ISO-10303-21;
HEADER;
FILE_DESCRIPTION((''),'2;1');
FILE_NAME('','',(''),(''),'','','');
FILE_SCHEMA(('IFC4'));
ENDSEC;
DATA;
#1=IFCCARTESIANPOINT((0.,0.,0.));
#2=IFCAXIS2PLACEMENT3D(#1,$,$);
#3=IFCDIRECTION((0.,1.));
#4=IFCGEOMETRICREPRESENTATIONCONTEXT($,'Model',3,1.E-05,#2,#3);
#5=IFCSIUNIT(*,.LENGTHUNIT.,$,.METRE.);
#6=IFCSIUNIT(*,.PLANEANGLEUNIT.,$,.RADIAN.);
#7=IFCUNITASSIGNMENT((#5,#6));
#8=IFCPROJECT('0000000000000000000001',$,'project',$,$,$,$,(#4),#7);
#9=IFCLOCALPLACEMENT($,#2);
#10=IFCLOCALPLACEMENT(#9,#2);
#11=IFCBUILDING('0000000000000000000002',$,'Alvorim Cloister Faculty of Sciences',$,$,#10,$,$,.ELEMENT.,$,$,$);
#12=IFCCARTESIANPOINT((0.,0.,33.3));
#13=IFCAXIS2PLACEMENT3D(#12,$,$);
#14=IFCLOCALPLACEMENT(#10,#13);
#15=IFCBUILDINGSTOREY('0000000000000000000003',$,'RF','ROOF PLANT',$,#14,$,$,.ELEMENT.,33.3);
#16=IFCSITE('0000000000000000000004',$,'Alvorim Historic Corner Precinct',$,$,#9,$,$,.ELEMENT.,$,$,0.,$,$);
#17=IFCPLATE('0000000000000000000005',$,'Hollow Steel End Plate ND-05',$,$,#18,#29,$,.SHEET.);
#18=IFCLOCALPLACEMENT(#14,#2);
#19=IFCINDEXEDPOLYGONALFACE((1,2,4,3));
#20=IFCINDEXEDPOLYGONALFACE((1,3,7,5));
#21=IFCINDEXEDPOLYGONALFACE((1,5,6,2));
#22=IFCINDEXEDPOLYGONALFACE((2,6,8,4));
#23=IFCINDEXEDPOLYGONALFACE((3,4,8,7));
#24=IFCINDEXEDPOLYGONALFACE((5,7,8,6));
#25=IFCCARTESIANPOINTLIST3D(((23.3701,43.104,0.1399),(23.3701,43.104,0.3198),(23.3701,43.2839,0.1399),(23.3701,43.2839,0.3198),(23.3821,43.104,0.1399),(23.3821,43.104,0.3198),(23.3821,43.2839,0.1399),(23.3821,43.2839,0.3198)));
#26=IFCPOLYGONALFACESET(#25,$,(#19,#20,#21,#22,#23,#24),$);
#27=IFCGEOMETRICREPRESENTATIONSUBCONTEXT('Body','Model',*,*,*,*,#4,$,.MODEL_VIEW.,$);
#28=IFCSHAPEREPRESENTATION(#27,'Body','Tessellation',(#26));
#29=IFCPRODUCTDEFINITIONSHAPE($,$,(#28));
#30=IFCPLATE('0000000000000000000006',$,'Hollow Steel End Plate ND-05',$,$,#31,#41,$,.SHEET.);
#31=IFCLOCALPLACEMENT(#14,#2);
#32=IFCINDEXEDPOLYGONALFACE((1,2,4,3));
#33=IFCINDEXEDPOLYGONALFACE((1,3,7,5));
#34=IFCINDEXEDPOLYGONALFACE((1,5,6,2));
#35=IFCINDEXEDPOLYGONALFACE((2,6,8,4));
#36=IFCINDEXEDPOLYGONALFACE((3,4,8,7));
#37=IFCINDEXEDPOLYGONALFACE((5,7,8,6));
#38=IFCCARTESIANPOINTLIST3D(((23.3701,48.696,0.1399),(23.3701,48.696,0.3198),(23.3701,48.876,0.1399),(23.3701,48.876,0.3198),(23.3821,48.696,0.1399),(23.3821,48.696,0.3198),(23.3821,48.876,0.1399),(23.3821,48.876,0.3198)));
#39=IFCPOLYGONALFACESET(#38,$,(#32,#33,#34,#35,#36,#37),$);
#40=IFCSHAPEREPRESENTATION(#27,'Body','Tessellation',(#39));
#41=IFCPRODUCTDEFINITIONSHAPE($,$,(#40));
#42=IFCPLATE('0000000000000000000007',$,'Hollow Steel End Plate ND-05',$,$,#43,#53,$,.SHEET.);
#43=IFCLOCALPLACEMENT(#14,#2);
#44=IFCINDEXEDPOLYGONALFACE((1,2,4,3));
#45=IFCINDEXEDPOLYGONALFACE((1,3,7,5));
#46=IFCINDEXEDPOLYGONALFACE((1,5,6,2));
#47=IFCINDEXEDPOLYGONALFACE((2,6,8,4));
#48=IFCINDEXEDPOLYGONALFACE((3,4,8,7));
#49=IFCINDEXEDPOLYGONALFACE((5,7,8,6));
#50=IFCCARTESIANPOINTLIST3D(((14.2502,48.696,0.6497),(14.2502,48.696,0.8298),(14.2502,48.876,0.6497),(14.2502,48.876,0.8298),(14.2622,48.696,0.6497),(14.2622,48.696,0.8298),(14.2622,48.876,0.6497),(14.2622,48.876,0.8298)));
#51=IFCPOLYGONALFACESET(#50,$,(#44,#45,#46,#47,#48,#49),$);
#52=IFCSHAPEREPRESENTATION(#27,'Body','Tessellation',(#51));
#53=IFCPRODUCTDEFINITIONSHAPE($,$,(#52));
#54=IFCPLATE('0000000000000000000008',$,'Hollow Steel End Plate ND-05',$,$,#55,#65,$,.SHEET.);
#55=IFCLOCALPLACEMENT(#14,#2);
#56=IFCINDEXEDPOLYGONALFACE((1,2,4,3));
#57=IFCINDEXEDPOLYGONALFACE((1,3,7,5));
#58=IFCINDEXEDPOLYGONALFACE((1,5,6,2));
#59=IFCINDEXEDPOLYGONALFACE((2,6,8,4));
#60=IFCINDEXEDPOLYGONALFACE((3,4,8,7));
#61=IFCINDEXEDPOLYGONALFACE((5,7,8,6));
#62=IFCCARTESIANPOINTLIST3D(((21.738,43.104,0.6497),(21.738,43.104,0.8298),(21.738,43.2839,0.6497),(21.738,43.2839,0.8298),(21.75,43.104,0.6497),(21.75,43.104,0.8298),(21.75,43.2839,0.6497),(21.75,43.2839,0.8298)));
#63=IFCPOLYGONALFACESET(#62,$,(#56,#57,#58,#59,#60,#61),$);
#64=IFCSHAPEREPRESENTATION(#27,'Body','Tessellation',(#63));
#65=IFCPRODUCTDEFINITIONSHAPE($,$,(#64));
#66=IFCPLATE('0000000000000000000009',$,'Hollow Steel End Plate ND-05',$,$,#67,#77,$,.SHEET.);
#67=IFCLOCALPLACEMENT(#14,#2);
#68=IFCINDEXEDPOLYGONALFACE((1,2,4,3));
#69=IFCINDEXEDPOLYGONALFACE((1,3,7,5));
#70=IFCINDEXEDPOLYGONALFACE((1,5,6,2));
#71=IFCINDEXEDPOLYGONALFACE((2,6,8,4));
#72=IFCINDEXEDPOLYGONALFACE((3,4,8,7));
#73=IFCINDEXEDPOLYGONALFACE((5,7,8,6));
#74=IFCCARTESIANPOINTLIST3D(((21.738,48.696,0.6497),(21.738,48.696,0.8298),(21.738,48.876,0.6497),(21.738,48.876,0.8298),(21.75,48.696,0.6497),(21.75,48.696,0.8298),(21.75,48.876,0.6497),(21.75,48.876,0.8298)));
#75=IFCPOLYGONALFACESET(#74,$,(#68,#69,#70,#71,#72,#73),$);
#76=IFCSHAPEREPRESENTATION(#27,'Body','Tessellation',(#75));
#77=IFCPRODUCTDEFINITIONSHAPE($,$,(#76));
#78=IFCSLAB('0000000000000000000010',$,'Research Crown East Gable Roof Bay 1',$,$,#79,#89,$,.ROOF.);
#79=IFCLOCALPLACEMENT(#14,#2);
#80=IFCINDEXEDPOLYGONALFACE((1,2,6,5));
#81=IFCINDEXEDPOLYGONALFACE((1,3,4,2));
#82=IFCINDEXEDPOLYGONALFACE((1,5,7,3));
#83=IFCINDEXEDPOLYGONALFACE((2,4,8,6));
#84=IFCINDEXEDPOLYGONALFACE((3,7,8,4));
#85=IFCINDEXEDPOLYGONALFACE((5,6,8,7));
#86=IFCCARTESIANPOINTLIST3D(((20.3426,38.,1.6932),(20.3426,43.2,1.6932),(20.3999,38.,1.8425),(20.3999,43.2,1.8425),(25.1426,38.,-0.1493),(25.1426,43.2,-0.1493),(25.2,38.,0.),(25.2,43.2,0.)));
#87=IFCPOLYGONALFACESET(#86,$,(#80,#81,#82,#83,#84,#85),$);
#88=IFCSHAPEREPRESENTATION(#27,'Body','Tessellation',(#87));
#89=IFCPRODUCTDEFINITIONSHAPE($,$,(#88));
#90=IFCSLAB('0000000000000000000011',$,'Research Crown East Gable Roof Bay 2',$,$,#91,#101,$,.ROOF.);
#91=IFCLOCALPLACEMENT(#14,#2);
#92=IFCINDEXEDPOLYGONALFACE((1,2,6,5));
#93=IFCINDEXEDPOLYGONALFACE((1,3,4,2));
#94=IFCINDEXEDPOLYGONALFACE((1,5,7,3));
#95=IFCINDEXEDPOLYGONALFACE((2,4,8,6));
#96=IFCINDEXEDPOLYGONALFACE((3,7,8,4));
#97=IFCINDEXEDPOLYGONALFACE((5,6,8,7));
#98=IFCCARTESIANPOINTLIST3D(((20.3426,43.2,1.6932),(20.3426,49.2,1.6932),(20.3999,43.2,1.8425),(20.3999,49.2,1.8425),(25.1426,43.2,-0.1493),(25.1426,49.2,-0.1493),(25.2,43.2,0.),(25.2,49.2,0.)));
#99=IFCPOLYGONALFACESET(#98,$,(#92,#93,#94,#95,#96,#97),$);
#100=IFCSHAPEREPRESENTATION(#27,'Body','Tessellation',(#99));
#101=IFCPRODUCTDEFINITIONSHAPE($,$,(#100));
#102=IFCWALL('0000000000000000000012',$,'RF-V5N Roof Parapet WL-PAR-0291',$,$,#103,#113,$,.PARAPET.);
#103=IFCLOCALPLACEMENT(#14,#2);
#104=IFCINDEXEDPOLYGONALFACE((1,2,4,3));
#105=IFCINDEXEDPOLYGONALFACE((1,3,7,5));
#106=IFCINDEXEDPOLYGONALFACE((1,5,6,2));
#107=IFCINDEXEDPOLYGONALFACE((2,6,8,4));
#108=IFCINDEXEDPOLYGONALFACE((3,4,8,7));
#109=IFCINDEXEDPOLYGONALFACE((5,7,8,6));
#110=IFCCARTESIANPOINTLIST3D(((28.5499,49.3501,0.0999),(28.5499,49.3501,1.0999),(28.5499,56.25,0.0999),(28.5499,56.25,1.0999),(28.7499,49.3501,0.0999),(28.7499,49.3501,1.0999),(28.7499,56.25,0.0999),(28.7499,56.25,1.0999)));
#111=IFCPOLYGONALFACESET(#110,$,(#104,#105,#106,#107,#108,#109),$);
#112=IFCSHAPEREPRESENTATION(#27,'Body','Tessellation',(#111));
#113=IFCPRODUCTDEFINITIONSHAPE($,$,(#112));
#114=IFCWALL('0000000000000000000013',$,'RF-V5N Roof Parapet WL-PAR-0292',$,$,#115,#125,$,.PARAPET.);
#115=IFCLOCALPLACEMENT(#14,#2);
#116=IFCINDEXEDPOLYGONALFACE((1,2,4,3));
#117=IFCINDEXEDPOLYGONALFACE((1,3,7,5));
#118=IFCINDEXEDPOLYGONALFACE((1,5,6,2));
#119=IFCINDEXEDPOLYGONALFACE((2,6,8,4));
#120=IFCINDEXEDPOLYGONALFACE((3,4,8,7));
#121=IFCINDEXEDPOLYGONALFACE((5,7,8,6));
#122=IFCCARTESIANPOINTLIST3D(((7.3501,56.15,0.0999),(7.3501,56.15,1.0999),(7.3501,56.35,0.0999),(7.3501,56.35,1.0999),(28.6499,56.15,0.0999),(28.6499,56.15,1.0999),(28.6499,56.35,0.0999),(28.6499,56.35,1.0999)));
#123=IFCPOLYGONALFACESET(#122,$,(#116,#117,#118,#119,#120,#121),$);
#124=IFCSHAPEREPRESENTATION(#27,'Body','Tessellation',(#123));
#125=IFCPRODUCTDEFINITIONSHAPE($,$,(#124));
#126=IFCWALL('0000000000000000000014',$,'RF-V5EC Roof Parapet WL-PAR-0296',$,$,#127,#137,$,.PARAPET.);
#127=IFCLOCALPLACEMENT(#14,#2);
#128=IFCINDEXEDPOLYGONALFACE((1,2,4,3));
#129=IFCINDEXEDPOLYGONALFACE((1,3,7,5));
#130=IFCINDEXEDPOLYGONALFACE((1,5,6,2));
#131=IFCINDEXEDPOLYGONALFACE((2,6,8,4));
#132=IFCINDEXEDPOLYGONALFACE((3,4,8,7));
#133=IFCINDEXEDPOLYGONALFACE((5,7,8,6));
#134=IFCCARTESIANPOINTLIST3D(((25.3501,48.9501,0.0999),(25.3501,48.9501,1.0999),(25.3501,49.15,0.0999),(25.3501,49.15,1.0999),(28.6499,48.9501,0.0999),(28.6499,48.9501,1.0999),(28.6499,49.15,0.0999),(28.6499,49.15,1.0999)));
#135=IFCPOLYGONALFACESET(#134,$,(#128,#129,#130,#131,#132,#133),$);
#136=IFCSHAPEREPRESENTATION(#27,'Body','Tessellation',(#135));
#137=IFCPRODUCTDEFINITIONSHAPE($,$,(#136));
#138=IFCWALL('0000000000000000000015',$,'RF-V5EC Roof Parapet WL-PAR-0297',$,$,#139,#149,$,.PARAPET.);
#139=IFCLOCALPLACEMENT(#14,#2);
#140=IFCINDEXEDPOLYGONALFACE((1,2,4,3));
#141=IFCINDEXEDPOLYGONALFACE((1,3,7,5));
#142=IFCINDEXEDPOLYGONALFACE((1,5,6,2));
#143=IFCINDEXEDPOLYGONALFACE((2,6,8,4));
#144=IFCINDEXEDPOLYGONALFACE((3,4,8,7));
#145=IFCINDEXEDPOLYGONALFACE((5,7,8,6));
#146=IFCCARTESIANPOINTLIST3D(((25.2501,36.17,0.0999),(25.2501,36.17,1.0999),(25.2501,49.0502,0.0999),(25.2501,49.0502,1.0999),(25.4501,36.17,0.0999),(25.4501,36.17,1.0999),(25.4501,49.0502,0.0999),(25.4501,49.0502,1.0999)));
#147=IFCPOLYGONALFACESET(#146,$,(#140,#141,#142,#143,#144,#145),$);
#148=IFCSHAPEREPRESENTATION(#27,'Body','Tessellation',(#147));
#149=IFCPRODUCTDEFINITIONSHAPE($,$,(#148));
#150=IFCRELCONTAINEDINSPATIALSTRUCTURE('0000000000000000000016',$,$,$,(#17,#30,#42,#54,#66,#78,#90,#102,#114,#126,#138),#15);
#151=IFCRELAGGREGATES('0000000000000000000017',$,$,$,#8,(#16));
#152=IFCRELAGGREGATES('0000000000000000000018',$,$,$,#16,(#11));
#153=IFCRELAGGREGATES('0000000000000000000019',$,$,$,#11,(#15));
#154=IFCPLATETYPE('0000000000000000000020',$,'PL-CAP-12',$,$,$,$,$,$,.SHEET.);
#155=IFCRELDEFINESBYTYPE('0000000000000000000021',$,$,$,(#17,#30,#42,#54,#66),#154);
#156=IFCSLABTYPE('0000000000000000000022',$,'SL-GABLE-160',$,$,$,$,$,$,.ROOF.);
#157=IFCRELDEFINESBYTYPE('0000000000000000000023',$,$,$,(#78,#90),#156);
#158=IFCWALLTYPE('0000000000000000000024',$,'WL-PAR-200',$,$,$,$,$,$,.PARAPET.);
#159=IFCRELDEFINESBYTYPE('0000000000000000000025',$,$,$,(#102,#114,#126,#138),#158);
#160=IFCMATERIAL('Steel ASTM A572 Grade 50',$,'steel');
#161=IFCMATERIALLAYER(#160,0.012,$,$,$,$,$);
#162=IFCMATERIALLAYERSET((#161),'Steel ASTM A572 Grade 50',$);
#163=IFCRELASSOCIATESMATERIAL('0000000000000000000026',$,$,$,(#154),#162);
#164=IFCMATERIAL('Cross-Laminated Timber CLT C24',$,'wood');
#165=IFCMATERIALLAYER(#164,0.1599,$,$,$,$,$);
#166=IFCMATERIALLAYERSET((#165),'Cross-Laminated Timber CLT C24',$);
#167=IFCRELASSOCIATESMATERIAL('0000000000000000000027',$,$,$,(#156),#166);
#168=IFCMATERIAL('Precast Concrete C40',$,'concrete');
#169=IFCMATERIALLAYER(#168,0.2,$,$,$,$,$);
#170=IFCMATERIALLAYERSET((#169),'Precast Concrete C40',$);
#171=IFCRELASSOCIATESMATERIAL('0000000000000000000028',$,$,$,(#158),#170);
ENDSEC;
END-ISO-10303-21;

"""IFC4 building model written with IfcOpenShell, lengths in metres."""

from ifc_helpers import new_model, si_unit, direction, frame, frame_2d, origin, place, context, subcontext, project, spatial, polyline, rectangle, outline, extrude, material, layer, layer_set, type_object, element, save


model = new_model("IFC4")

# Units and contexts
model_context = context("Model", 3, precision=1e-05, world=origin(), true_north=direction((0.0, 1.0)))
body_context = subcontext(model_context, "Body", "Model", "MODEL_VIEW")
ifc_project = project(units=[si_unit("LENGTHUNIT", "METRE"), si_unit("PLANEANGLEUNIT", "RADIAN")], contexts=[model_context])

# Site, building, storey
site_placement = place(None, origin())
site = spatial("IfcSite", under=ifc_project, at=site_placement, Name="Alvorim Historic Corner Precinct", CompositionType="ELEMENT", RefElevation=0.0)
building_placement = place(site_placement, origin())
building = spatial("IfcBuilding", under=site, at=building_placement, Name="Alvorim Cloister Faculty of Sciences", CompositionType="ELEMENT")
storey_placement = place(building_placement, frame((0.0, 0.0, 33.3)))
storey = spatial("IfcBuildingStorey", under=building, at=storey_placement, Name="RF", Description="ROOF PLANT", CompositionType="ELEMENT", Elevation=33.3)

# Shared definitions
ifc_material_1 = material(Name="Steel ASTM A572 Grade 50", Category="steel")

# Plates
ifc_layer_1 = layer(ifc_material_1, 0.012)
ifc_layer_set_1 = layer_set([ifc_layer_1], Name="Steel ASTM A572 Grade 50")
plate_type = type_object("IfcPlateType", Name="PL-CAP-12", PredefinedType="SHEET", material=ifc_layer_set_1)
for number, where, z_axis, x_axis, name in (
    (1, (23.376, 43.104, 0.1399), (0.0, 0.0, 1.0), (0.0, 1.0, 0.0), "Hollow Steel End Plate ND-05"),
    (2, (23.376, 48.696, 0.1399), (0.0, 0.0, 1.0), (0.0, 1.0, 0.0), "Hollow Steel End Plate ND-05"),
):
    element("IfcPlate", number, at=place(storey_placement, frame(where, z_axis=z_axis, x_axis=x_axis)), inside=storey, type_object=plate_type, Name=name, PredefinedType="SHEET", context=body_context, shape_type="SweptSolid", body=[
        extrude(outline(polyline([(0.0, 0.0), (0.1799, 0.0), (0.1799, 0.1799), (0.0, 0.1799), (0.0, 0.0)])), frame((0.0, 0.0059, 0.0), z_axis=(0.0, -1.0, 0.0), x_axis=(1.0, 0.0, 0.0)), (0.0, 0.0, 1.0), 0.012),
    ])
for number, where, z_axis, x_axis, name in (
    (3, (14.2561, 48.696, 0.6497), (0.0, 0.0, 1.0), (0.0, 1.0, 0.0), "Hollow Steel End Plate ND-05"),
    (4, (21.7439, 43.104, 0.6497), (0.0, 0.0, 1.0), (0.0, 1.0, 0.0), "Hollow Steel End Plate ND-05"),
    (5, (21.7439, 48.696, 0.6497), (0.0, 0.0, 1.0), (0.0, 1.0, 0.0), "Hollow Steel End Plate ND-05"),
):
    element("IfcPlate", number, at=place(storey_placement, frame(where, z_axis=z_axis, x_axis=x_axis)), inside=storey, type_object=plate_type, Name=name, PredefinedType="SHEET", context=body_context, shape_type="SweptSolid", body=[
        extrude(outline(polyline([(0.0, 0.0), (0.1799, 0.0), (0.1799, 0.1802), (0.0, 0.1802), (0.0, 0.0)])), frame((0.0, 0.0059, 0.0), z_axis=(0.0, -1.0, 0.0), x_axis=(1.0, 0.0, 0.0)), (0.0, 0.0, 1.0), 0.012),
    ])

# Slabs
ifc_material_2 = material(Name="Cross-Laminated Timber CLT C24", Category="wood")
ifc_layer_2 = layer(ifc_material_2, 0.1599)
ifc_layer_set_2 = layer_set([ifc_layer_2], Name="Cross-Laminated Timber CLT C24")
slab_type = type_object("IfcSlabType", Name="SL-GABLE-160", PredefinedType="ROOF", material=ifc_layer_set_2)
slab_1_placement = place(storey_placement, frame((20.3999, 38.0, 1.8425), z_axis=(0.358362, 0.0, 0.933583), x_axis=(0.933583, 0.0, -0.358362)))
element("IfcSlab", 6, at=slab_1_placement, inside=storey, type_object=slab_type, Name="Research Crown East Gable Roof Bay 1", PredefinedType="ROOF", context=body_context, shape_type="SweptSolid", body=[
    extrude(outline(polyline([(0.0, 0.0), (5.1415, 0.0), (5.1415, 5.2), (0.0, 5.2), (0.0, 0.0)])), origin(), (0.0, 0.0, -1.0), 0.1599),
])
slab_2_placement = place(storey_placement, frame((20.3999, 43.2, 1.8425), z_axis=(0.358362, 0.0, 0.933583), x_axis=(0.933583, 0.0, -0.358362)))
element("IfcSlab", 7, at=slab_2_placement, inside=storey, type_object=slab_type, Name="Research Crown East Gable Roof Bay 2", PredefinedType="ROOF", context=body_context, shape_type="SweptSolid", body=[
    extrude(outline(polyline([(0.0, 0.0), (5.1415, 0.0), (5.1415, 6.0), (0.0, 6.0), (0.0, 0.0)])), origin(), (0.0, 0.0, -1.0), 0.1599),
])

# Walls
ifc_material_3 = material(Name="Precast Concrete C40", Category="concrete")
ifc_layer_3 = layer(ifc_material_3, 0.2)
ifc_layer_set_3 = layer_set([ifc_layer_3], Name="Precast Concrete C40")
wall_type = type_object("IfcWallType", Name="WL-PAR-200", PredefinedType="PARAPET", material=ifc_layer_set_3)
wall_1_placement = place(storey_placement, frame((28.6499, 49.3501, 0.0999), z_axis=(0.0, 0.0, 1.0), x_axis=(0.0, 1.0, 0.0)))
element("IfcWall", 8, at=wall_1_placement, inside=storey, type_object=wall_type, Name="RF-V5N Roof Parapet WL-PAR-0291", PredefinedType="PARAPET", context=body_context, shape_type="SweptSolid", body=[
    extrude(rectangle(XDim=6.8999, YDim=0.2, at=frame_2d((3.45, 0.0))), origin(), (0.0, 0.0, 1.0), 1.0),
])
wall_2_placement = place(storey_placement, frame((28.6499, 56.25, 0.0999), z_axis=(0.0, 0.0, 1.0), x_axis=(-1.0, 0.0, 0.0)))
element("IfcWall", 9, at=wall_2_placement, inside=storey, type_object=wall_type, Name="RF-V5N Roof Parapet WL-PAR-0292", PredefinedType="PARAPET", context=body_context, shape_type="SweptSolid", body=[
    extrude(rectangle(XDim=21.2998, YDim=0.2, at=frame_2d((10.6499, 0.0))), origin(), (0.0, 0.0, 1.0), 1.0),
])
wall_3_placement = place(storey_placement, frame((28.6499, 49.05, 0.0999), z_axis=(0.0, 0.0, 1.0), x_axis=(-1.0, 0.0, 0.0)))
element("IfcWall", 10, at=wall_3_placement, inside=storey, type_object=wall_type, Name="RF-V5EC Roof Parapet WL-PAR-0296", PredefinedType="PARAPET", context=body_context, shape_type="SweptSolid", body=[
    extrude(rectangle(XDim=3.2998, YDim=0.2, at=frame_2d((1.6499, 0.0))), origin(), (0.0, 0.0, 1.0), 1.0),
])
wall_4_placement = place(storey_placement, frame((25.3501, 49.05, 0.0999), z_axis=(0.0, 0.0, 1.0), x_axis=(0.0, -1.0, 0.0)))
element("IfcWall", 11, at=wall_4_placement, inside=storey, type_object=wall_type, Name="RF-V5EC Roof Parapet WL-PAR-0297", PredefinedType="PARAPET", context=body_context, shape_type="SweptSolid", body=[
    extrude(rectangle(XDim=12.8801, YDim=0.2, at=frame_2d((6.4399, 0.0))), origin(), (0.0, 0.0, 1.0), 1.0),
])

save(model, "model.ifc")
